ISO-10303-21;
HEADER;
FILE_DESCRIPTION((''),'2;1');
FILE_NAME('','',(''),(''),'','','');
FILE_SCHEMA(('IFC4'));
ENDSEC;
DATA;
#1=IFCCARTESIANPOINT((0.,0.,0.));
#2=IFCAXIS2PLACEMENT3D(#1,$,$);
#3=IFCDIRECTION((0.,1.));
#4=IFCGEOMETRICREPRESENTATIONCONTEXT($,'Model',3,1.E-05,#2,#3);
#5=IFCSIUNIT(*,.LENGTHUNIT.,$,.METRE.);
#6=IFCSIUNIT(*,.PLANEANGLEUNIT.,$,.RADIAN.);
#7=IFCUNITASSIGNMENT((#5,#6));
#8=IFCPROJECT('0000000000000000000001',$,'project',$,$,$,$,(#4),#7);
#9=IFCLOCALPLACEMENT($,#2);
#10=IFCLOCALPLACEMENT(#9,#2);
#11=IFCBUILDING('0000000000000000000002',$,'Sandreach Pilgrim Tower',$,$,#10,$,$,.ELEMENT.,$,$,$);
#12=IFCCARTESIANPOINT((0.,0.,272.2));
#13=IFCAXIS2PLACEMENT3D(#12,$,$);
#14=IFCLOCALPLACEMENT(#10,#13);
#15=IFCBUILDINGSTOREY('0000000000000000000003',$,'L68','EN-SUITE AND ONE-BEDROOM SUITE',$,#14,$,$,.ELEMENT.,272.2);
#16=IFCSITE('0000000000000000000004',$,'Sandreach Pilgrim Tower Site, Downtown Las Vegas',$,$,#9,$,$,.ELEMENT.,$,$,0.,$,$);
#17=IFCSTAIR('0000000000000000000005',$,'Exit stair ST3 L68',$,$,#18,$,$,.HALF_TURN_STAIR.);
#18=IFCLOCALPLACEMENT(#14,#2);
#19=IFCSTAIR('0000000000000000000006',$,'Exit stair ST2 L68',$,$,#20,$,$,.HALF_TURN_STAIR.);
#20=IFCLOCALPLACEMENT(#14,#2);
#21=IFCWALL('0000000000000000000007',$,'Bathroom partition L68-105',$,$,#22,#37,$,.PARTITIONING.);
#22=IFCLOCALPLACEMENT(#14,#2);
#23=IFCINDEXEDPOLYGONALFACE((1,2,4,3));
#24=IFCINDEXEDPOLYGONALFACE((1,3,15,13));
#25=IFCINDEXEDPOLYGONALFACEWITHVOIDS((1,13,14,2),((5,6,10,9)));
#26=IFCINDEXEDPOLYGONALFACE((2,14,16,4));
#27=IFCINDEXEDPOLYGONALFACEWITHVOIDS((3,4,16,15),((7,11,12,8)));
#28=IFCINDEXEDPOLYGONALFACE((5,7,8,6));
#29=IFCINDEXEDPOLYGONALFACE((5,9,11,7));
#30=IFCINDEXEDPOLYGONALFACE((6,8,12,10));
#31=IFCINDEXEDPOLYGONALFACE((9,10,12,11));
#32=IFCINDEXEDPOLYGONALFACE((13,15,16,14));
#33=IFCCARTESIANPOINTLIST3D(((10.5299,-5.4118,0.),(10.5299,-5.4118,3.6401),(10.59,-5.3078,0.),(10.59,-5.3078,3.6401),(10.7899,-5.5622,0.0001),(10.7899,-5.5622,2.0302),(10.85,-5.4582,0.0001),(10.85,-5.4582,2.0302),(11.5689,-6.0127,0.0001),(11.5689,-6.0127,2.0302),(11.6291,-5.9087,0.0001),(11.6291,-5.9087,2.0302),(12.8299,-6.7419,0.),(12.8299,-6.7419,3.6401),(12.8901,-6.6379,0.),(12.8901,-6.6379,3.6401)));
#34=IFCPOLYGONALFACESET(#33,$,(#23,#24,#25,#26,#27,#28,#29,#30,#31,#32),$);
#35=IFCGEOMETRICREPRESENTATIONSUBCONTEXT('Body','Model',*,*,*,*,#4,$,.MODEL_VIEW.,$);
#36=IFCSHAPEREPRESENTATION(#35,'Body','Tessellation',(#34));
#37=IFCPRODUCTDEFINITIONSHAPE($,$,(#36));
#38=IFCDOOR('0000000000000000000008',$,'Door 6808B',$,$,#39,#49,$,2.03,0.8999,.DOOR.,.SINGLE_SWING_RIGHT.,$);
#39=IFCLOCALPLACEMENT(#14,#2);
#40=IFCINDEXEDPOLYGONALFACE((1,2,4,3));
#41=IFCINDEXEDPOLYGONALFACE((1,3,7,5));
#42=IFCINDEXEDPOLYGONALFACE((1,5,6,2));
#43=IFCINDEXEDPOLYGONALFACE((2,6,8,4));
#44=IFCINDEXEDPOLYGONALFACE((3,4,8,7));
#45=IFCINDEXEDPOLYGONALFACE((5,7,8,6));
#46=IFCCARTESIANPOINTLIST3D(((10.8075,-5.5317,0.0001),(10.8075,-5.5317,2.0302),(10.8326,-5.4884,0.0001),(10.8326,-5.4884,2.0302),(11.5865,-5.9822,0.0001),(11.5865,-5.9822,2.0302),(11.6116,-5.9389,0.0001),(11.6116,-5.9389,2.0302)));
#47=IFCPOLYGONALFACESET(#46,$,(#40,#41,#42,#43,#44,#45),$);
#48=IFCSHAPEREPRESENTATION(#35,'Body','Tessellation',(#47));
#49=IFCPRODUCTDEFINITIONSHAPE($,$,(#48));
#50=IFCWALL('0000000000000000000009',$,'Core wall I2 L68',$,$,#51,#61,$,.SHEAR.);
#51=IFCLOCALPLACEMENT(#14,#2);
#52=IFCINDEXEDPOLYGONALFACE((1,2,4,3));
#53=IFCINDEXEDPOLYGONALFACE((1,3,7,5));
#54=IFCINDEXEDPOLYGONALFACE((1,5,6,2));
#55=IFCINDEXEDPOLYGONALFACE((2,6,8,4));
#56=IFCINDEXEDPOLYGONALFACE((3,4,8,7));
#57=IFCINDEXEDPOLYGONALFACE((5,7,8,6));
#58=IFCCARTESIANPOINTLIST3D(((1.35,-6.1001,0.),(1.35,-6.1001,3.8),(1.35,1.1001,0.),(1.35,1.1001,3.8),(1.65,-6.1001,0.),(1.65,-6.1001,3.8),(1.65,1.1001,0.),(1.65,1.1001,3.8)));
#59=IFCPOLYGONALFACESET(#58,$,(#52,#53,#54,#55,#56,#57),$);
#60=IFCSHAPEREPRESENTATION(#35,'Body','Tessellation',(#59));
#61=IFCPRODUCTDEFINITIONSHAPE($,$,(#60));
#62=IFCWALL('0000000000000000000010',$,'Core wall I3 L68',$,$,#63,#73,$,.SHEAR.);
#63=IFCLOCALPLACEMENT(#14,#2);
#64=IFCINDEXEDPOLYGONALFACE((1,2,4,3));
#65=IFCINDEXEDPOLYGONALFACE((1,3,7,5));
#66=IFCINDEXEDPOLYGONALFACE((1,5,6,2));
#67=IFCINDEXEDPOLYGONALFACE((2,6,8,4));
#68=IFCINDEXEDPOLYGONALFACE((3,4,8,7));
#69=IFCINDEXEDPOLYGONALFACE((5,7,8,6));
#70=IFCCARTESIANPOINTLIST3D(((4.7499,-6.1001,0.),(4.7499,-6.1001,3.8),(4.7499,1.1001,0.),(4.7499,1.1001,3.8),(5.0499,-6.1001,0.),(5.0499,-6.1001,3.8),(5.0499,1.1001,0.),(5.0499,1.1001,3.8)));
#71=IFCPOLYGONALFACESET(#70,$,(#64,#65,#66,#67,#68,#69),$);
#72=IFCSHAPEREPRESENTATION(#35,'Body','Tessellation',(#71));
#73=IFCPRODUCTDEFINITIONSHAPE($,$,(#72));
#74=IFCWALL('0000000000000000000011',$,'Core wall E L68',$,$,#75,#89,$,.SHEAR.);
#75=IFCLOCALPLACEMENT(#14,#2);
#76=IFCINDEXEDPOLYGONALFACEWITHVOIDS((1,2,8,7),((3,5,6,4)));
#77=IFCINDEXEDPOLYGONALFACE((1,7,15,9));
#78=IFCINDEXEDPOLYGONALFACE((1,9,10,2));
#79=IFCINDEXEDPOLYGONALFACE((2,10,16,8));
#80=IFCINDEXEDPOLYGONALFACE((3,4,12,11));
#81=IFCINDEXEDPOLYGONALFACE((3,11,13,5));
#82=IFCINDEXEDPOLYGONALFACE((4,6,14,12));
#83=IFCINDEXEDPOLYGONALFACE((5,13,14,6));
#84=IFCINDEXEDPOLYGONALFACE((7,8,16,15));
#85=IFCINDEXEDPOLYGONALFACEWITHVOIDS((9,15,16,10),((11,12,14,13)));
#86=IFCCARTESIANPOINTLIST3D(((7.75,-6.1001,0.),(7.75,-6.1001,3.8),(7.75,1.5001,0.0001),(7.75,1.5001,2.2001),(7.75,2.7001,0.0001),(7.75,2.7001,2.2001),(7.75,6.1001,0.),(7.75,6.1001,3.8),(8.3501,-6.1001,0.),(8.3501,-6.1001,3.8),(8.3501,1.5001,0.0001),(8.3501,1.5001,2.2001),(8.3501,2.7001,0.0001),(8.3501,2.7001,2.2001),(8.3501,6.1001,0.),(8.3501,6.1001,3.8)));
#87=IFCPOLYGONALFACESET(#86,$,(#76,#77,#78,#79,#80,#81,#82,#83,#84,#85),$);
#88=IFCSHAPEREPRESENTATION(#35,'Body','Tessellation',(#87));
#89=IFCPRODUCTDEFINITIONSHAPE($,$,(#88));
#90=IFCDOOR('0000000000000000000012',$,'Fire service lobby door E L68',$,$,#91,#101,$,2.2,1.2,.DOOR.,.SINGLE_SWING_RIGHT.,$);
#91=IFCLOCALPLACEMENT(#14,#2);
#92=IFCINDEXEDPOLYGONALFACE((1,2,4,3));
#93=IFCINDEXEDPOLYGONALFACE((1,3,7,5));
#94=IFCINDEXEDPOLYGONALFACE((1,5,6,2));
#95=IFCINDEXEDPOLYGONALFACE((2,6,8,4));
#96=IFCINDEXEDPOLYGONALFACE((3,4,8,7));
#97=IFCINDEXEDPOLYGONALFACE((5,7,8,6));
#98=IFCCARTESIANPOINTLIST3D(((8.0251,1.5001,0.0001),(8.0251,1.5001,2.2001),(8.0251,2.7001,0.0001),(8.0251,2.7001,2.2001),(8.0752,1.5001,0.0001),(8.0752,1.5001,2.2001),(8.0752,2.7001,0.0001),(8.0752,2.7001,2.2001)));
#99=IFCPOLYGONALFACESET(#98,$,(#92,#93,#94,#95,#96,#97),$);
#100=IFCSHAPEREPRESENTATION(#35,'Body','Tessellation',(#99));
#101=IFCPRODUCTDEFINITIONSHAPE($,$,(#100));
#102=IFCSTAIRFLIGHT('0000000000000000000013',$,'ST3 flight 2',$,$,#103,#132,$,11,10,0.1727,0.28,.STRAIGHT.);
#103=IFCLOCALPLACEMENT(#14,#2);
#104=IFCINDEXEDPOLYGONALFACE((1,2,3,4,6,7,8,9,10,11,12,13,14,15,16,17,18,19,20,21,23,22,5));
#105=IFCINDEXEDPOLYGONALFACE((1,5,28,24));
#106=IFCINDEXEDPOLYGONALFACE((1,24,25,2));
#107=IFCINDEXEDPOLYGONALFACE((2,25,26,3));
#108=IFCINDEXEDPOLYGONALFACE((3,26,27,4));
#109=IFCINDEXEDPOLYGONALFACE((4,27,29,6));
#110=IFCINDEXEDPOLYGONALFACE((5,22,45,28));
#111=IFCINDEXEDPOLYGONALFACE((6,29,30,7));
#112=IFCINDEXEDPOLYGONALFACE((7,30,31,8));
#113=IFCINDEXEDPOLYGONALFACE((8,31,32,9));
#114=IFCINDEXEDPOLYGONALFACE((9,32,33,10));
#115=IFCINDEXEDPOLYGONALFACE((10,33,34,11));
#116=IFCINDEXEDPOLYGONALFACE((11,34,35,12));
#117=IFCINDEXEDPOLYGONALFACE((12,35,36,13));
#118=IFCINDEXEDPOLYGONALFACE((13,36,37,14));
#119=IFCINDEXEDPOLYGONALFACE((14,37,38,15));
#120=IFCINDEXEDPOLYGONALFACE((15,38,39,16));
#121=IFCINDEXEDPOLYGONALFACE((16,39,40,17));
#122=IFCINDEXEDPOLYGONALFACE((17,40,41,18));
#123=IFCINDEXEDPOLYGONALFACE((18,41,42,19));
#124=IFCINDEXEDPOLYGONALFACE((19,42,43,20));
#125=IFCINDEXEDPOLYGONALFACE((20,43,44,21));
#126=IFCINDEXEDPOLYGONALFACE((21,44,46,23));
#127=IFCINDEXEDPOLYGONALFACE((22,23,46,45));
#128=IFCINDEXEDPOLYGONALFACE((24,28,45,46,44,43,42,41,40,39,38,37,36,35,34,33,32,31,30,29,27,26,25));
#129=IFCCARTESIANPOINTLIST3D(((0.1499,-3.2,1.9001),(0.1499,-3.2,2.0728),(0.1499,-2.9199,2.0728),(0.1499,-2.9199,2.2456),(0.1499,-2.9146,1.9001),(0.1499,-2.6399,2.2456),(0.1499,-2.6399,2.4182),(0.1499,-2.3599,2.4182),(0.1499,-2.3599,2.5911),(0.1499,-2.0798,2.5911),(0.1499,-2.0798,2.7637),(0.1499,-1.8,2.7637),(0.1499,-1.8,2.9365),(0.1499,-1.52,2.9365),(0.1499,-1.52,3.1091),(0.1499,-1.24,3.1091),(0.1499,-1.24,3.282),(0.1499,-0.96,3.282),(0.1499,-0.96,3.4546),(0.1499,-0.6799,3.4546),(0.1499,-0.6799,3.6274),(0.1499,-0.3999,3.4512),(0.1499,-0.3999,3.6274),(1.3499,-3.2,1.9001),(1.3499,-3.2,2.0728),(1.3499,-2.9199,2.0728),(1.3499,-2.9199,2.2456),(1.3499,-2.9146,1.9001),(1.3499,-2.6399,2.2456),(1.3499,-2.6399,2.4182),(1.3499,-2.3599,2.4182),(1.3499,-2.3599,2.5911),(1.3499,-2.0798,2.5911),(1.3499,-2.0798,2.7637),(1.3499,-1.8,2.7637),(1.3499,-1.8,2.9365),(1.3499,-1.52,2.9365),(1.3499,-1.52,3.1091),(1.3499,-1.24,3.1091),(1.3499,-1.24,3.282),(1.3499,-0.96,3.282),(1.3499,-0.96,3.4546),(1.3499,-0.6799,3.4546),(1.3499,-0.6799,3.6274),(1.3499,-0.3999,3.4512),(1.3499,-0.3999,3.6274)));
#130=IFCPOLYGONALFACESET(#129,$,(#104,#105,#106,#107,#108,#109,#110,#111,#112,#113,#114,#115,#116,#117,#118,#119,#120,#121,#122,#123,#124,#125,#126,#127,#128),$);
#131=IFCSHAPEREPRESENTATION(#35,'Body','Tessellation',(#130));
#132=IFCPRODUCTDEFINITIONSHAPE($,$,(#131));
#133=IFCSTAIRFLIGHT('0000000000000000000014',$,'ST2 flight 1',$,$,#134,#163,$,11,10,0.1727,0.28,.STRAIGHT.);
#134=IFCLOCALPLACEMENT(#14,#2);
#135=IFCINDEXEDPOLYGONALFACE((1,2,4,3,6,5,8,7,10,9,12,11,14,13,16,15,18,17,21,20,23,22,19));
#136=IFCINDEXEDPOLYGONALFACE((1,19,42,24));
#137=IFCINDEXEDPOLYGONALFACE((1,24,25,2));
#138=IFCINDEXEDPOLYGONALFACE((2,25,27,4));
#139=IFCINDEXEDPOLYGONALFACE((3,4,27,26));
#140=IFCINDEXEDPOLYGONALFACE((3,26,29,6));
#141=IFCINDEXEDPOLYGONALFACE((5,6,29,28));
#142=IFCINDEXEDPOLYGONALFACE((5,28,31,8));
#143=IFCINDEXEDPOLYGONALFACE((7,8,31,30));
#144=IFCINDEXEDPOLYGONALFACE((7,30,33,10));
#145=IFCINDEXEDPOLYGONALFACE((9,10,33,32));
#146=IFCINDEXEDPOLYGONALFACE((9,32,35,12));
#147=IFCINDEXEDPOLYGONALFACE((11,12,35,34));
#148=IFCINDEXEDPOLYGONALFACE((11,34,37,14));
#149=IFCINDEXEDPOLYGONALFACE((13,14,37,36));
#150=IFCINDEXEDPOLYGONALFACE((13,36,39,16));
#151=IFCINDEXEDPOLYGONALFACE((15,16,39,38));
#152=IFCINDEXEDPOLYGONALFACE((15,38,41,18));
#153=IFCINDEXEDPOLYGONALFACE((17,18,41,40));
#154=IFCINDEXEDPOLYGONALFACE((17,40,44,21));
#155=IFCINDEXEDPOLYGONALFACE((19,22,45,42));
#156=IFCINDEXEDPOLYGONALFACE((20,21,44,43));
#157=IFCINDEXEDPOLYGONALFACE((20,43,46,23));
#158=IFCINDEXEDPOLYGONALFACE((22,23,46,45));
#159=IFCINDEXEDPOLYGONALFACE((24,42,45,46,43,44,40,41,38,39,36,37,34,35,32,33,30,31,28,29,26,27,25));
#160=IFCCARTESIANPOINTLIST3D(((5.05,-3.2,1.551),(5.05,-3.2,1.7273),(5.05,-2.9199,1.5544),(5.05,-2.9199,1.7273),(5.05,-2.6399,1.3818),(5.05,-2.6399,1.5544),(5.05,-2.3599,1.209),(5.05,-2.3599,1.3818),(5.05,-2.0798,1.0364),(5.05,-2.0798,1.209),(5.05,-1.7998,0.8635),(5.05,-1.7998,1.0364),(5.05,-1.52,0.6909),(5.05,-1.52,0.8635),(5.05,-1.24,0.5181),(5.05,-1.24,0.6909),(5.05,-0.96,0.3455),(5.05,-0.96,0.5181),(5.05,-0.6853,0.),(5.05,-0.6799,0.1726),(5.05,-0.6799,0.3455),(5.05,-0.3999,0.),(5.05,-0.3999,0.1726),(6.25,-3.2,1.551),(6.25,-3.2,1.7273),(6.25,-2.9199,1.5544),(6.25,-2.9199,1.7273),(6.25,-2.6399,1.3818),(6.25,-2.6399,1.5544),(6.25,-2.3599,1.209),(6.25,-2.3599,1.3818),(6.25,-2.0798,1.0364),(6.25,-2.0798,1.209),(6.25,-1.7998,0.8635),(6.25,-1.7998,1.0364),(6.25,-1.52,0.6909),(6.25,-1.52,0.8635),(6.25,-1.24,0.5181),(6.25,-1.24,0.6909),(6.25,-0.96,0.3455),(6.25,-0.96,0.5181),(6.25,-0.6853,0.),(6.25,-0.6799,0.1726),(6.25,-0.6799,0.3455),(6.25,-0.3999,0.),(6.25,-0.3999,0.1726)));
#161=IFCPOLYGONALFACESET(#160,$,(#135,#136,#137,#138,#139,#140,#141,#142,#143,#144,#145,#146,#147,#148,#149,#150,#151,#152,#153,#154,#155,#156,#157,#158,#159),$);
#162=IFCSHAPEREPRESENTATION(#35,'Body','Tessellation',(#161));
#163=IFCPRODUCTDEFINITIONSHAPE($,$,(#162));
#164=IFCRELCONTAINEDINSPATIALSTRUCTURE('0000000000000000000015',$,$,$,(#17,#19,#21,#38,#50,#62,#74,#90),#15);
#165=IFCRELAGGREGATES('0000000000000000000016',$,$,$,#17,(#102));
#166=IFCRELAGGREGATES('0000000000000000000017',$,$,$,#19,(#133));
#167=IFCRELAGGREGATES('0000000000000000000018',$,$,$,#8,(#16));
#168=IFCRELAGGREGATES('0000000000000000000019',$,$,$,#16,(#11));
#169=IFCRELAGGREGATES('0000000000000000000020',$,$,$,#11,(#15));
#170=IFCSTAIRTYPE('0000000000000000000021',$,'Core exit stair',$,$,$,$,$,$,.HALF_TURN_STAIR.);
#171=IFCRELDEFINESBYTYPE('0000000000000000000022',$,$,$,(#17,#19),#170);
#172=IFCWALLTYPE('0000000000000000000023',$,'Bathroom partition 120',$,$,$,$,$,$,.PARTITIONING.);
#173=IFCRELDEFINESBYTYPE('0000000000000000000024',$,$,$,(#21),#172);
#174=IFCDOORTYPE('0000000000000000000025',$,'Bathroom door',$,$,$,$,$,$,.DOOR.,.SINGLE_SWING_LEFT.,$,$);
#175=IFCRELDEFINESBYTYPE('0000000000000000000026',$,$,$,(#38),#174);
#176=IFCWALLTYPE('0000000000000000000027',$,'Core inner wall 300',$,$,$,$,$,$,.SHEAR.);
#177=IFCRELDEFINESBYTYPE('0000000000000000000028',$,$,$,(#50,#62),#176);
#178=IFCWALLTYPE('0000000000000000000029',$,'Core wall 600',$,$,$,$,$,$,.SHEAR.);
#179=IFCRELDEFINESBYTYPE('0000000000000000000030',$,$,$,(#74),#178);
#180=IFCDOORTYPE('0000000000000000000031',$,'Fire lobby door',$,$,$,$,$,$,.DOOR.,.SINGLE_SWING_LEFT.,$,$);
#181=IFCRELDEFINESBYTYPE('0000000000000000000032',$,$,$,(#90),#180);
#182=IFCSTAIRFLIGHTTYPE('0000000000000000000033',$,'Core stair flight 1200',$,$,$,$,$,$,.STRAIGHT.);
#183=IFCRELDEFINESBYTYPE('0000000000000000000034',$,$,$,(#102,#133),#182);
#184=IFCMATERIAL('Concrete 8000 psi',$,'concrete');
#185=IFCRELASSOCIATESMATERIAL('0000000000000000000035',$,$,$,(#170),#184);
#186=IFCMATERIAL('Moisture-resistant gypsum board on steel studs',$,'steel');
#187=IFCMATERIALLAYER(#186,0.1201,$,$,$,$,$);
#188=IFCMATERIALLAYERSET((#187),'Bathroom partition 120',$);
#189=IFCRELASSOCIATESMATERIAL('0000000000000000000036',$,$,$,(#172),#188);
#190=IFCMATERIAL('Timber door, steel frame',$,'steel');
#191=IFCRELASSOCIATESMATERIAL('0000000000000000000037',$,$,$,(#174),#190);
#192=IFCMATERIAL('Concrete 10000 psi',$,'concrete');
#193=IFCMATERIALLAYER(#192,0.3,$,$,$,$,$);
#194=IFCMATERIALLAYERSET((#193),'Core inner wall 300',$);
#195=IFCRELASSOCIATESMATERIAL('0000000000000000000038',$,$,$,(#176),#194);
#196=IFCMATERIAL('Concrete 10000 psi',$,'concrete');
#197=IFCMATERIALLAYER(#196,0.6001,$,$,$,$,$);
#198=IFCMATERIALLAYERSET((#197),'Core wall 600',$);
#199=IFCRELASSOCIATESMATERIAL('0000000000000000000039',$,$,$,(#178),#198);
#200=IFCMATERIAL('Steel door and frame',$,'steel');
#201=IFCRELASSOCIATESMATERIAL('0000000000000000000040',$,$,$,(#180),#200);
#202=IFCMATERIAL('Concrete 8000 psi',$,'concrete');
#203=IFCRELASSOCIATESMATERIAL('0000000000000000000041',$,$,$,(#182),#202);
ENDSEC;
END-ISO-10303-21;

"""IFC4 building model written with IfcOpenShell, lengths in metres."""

from ifc_helpers import new_model, si_unit, direction, frame, frame_2d, origin, place, context, subcontext, project, spatial, polyline, rectangle, outline, extrude, material, layer, layer_set, type_object, element, fill, aggregate, save


model = new_model("IFC4")

# Units and contexts
model_context = context("Model", 3, precision=1e-05, world=origin(), true_north=direction((0.0, 1.0)))
body_context = subcontext(model_context, "Body", "Model", "MODEL_VIEW")
ifc_project = project(units=[si_unit("LENGTHUNIT", "METRE"), si_unit("PLANEANGLEUNIT", "RADIAN")], contexts=[model_context])

# Site, building, storey
site_placement = place(None, origin())
site = spatial("IfcSite", under=ifc_project, at=site_placement, Name="Sandreach Pilgrim Tower Site, Downtown Las Vegas", CompositionType="ELEMENT", RefElevation=0.0)
building_placement = place(site_placement, origin())
building = spatial("IfcBuilding", under=site, at=building_placement, Name="Sandreach Pilgrim Tower", CompositionType="ELEMENT")
storey_placement = place(building_placement, frame((0.0, 0.0, 272.2)))
storey = spatial("IfcBuildingStorey", under=building, at=storey_placement, Name="L68", Description="EN-SUITE AND ONE-BEDROOM SUITE", CompositionType="ELEMENT", Elevation=272.2)

# Stairs
ifc_material_1 = material(Name="Concrete 8000 psi", Category="concrete")
stair_type = type_object("IfcStairType", Name="Core exit stair", PredefinedType="HALF_TURN_STAIR", material=ifc_material_1)
stair_1_placement = place(storey_placement, origin())
stair_1 = element("IfcStair", 1, at=stair_1_placement, inside=storey, type_object=stair_type, Name="Exit stair ST3 L68", PredefinedType="HALF_TURN_STAIR")
stair_2_placement = place(storey_placement, origin())
stair_2 = element("IfcStair", 2, at=stair_2_placement, inside=storey, type_object=stair_type, Name="Exit stair ST2 L68", PredefinedType="HALF_TURN_STAIR")

# Shared definitions
ifc_material_2 = material(Name="Moisture-resistant gypsum board on steel studs", Category="steel")
ifc_layer_1 = layer(ifc_material_2, 0.1201)
ifc_layer_set_1 = layer_set([ifc_layer_1], Name="Bathroom partition 120")
wall_type_1 = type_object("IfcWallType", Name="Bathroom partition 120", PredefinedType="PARTITIONING", material=ifc_layer_set_1)

# Wall, opening, door
wall_1_placement = place(storey_placement, frame((12.8601, -6.6899, 0.0), z_axis=(0.0, 0.0, 1.0), x_axis=(-0.865676, 0.500605, 0.0)))
wall_1 = element("IfcWall", 3, at=wall_1_placement, inside=storey, type_object=wall_type_1, Name="Bathroom partition L68-105", PredefinedType="PARTITIONING", context=body_context, shape_type="SweptSolid", body=[
    extrude(rectangle(XDim=2.657, YDim=0.1201, at=frame_2d((1.3286, 0.0))), origin(), (0.0, 0.0, 1.0), 3.6401),
])
opening_1_placement = place(wall_1_placement, frame((1.4568, 0.0, 0.0)))
opening_1 = element("IfcOpeningElement", 4, at=opening_1_placement, cuts=wall_1, PredefinedType="OPENING", context=body_context, shape_type="SweptSolid", body=[
    extrude(rectangle(XDim=0.8999, YDim=2.03, at=frame_2d((0.45, 1.0151))), frame((0.0, 0.0601, 0.0), z_axis=(0.0, -1.0, 0.0), x_axis=(1.0, 0.0, 0.0)), (0.0, 0.0, 1.0), 0.1201),
])
ifc_material_3 = material(Name="Timber door, steel frame", Category="steel")
door_type_1 = type_object("IfcDoorType", Name="Bathroom door", OperationType="SINGLE_SWING_LEFT", PredefinedType="DOOR", material=ifc_material_3)
door_1_placement = place(opening_1_placement, origin())
door_1 = element("IfcDoor", 5, at=door_1_placement, inside=storey, type_object=door_type_1, Name="Door 6808B", OperationType="SINGLE_SWING_RIGHT", OverallHeight=2.03, OverallWidth=0.8999, PredefinedType="DOOR", context=body_context, shape_type="SweptSolid", body=[
    extrude(rectangle(XDim=0.8999, YDim=2.03, at=frame_2d((0.45, 1.0151))), frame((0.0, 0.0249, 0.0), z_axis=(0.0, -1.0, 0.0), x_axis=(1.0, 0.0, 0.0)), (0.0, 0.0, 1.0), 0.05),
])
fill(opening_1, door_1)

# Walls
ifc_material_4 = material(Name="Concrete 10000 psi", Category="concrete")
ifc_layer_2 = layer(ifc_material_4, 0.3)
ifc_layer_set_2 = layer_set([ifc_layer_2], Name="Core inner wall 300")
wall_type_2 = type_object("IfcWallType", Name="Core inner wall 300", PredefinedType="SHEAR", material=ifc_layer_set_2)
for number, where, z_axis, x_axis, name in (
    (6, (1.5, -6.1001, 0.0), (0.0, 0.0, 1.0), (0.0, 1.0, 0.0), "Core wall I2 L68"),
    (7, (4.8999, -6.1001, 0.0), (0.0, 0.0, 1.0), (0.0, 1.0, 0.0), "Core wall I3 L68"),
):
    element("IfcWall", number, at=place(storey_placement, frame(where, z_axis=z_axis, x_axis=x_axis)), inside=storey, type_object=wall_type_2, Name=name, PredefinedType="SHEAR", context=body_context, shape_type="SweptSolid", body=[
        extrude(rectangle(XDim=7.2002, YDim=0.3, at=frame_2d((3.6001, 0.0))), origin(), (0.0, 0.0, 1.0), 3.8),
    ])

# Wall, opening, door
ifc_material_5 = material(Name="Concrete 10000 psi", Category="concrete")
ifc_layer_3 = layer(ifc_material_5, 0.6001)
ifc_layer_set_3 = layer_set([ifc_layer_3], Name="Core wall 600")
wall_type_3 = type_object("IfcWallType", Name="Core wall 600", PredefinedType="SHEAR", material=ifc_layer_set_3)
wall_2_placement = place(storey_placement, frame((8.05, -6.1001, 0.0), z_axis=(0.0, 0.0, 1.0), x_axis=(0.0, 1.0, 0.0)))
wall_2 = element("IfcWall", 8, at=wall_2_placement, inside=storey, type_object=wall_type_3, Name="Core wall E L68", PredefinedType="SHEAR", context=body_context, shape_type="SweptSolid", body=[
    extrude(rectangle(XDim=12.2002, YDim=0.6001, at=frame_2d((6.1001, 0.0))), origin(), (0.0, 0.0, 1.0), 3.8),
])
opening_2_placement = place(wall_2_placement, frame((7.6001, 0.0, 0.0)))
opening_2 = element("IfcOpeningElement", 9, at=opening_2_placement, cuts=wall_2, PredefinedType="OPENING", context=body_context, shape_type="SweptSolid", body=[
    extrude(rectangle(XDim=1.2, YDim=2.2, at=frame_2d((0.6001, 1.1001))), frame((0.0, 0.3, 0.0), z_axis=(0.0, -1.0, 0.0), x_axis=(1.0, 0.0, 0.0)), (0.0, 0.0, 1.0), 0.6001),
])
ifc_material_6 = material(Name="Steel door and frame", Category="steel")
door_type_2 = type_object("IfcDoorType", Name="Fire lobby door", OperationType="SINGLE_SWING_LEFT", PredefinedType="DOOR", material=ifc_material_6)
door_2_placement = place(opening_2_placement, origin())
door_2 = element("IfcDoor", 10, at=door_2_placement, inside=storey, type_object=door_type_2, Name="Fire service lobby door E L68", OperationType="SINGLE_SWING_RIGHT", OverallHeight=2.2, OverallWidth=1.2, PredefinedType="DOOR", context=body_context, shape_type="SweptSolid", body=[
    extrude(rectangle(XDim=1.2, YDim=2.2, at=frame_2d((0.6001, 1.1001))), frame((0.0, 0.0249, 0.0), z_axis=(0.0, -1.0, 0.0), x_axis=(1.0, 0.0, 0.0)), (0.0, 0.0, 1.0), 0.05),
])
fill(opening_2, door_2)

# Stair flights
ifc_material_7 = material(Name="Concrete 8000 psi", Category="concrete")
stair_flight_type = type_object("IfcStairFlightType", Name="Core stair flight 1200", PredefinedType="STRAIGHT", material=ifc_material_7)
stair_flight_1_placement = place(storey_placement, frame((0.75, -3.2, 1.9001), z_axis=(0.0, 0.0, 1.0), x_axis=(0.0, 1.0, 0.0)))
stair_flight_1 = element("IfcStairFlight", 11, at=stair_flight_1_placement, type_object=stair_flight_type, Name="ST3 flight 2", NumberOfRisers=11, NumberOfTreads=10, PredefinedType="STRAIGHT", RiserHeight=0.1727, TreadLength=0.28, context=body_context, shape_type="SweptSolid", body=[
    extrude(outline(polyline([(0.0, 0.0), (0.0, 0.1726), (0.28, 0.1726), (0.28, 0.3455), (0.5601, 0.3455), (0.5601, 0.5181), (0.8401, 0.5181), (0.8401, 0.6909), (1.1201, 0.6909), (1.1201, 0.8635), (1.3999, 0.8635), (1.3999, 1.0364), (1.6799, 1.0364), (1.6799, 1.209), (1.96, 1.209), (1.96, 1.3818), (2.24, 1.3818), (2.24, 1.5544), (2.52, 1.5544), (2.52, 1.7273), (2.8, 1.7273), (2.8, 1.8999), (2.8, 1.551), (0.2854, 0.0), (0.0, 0.0)])), frame((0.0, 0.6001, 0.0), z_axis=(0.0, -1.0, 0.0), x_axis=(1.0, 0.0, 0.0)), (0.0, 0.0, 1.0), 1.2),
])
aggregate(stair_1, [stair_flight_1])
stair_flight_2_placement = place(storey_placement, frame((5.6499, -0.3999, 0.0), z_axis=(0.0, 0.0, 1.0), x_axis=(0.0, -1.0, 0.0)))
stair_flight_2 = element("IfcStairFlight", 12, at=stair_flight_2_placement, type_object=stair_flight_type, Name="ST2 flight 1", NumberOfRisers=11, NumberOfTreads=10, PredefinedType="STRAIGHT", RiserHeight=0.1727, TreadLength=0.28, context=body_context, shape_type="SweptSolid", body=[
    extrude(outline(polyline([(0.0, 0.0), (0.0, 0.1726), (0.28, 0.1726), (0.28, 0.3455), (0.5601, 0.3455), (0.5601, 0.5181), (0.8401, 0.5181), (0.8401, 0.6909), (1.1201, 0.6909), (1.1201, 0.8635), (1.3999, 0.8635), (1.3999, 1.0364), (1.6799, 1.0364), (1.6799, 1.209), (1.96, 1.209), (1.96, 1.3818), (2.24, 1.3818), (2.24, 1.5544), (2.52, 1.5544), (2.52, 1.7273), (2.8, 1.7273), (2.8, 1.8999), (2.8, 1.551), (0.2854, 0.0), (0.0, 0.0)])), frame((0.0, 0.6001, 0.0), z_axis=(0.0, -1.0, 0.0), x_axis=(1.0, 0.0, 0.0)), (0.0, 0.0, 1.0), 1.2),
])
aggregate(stair_2, [stair_flight_2])

save(model, "model.ifc")
